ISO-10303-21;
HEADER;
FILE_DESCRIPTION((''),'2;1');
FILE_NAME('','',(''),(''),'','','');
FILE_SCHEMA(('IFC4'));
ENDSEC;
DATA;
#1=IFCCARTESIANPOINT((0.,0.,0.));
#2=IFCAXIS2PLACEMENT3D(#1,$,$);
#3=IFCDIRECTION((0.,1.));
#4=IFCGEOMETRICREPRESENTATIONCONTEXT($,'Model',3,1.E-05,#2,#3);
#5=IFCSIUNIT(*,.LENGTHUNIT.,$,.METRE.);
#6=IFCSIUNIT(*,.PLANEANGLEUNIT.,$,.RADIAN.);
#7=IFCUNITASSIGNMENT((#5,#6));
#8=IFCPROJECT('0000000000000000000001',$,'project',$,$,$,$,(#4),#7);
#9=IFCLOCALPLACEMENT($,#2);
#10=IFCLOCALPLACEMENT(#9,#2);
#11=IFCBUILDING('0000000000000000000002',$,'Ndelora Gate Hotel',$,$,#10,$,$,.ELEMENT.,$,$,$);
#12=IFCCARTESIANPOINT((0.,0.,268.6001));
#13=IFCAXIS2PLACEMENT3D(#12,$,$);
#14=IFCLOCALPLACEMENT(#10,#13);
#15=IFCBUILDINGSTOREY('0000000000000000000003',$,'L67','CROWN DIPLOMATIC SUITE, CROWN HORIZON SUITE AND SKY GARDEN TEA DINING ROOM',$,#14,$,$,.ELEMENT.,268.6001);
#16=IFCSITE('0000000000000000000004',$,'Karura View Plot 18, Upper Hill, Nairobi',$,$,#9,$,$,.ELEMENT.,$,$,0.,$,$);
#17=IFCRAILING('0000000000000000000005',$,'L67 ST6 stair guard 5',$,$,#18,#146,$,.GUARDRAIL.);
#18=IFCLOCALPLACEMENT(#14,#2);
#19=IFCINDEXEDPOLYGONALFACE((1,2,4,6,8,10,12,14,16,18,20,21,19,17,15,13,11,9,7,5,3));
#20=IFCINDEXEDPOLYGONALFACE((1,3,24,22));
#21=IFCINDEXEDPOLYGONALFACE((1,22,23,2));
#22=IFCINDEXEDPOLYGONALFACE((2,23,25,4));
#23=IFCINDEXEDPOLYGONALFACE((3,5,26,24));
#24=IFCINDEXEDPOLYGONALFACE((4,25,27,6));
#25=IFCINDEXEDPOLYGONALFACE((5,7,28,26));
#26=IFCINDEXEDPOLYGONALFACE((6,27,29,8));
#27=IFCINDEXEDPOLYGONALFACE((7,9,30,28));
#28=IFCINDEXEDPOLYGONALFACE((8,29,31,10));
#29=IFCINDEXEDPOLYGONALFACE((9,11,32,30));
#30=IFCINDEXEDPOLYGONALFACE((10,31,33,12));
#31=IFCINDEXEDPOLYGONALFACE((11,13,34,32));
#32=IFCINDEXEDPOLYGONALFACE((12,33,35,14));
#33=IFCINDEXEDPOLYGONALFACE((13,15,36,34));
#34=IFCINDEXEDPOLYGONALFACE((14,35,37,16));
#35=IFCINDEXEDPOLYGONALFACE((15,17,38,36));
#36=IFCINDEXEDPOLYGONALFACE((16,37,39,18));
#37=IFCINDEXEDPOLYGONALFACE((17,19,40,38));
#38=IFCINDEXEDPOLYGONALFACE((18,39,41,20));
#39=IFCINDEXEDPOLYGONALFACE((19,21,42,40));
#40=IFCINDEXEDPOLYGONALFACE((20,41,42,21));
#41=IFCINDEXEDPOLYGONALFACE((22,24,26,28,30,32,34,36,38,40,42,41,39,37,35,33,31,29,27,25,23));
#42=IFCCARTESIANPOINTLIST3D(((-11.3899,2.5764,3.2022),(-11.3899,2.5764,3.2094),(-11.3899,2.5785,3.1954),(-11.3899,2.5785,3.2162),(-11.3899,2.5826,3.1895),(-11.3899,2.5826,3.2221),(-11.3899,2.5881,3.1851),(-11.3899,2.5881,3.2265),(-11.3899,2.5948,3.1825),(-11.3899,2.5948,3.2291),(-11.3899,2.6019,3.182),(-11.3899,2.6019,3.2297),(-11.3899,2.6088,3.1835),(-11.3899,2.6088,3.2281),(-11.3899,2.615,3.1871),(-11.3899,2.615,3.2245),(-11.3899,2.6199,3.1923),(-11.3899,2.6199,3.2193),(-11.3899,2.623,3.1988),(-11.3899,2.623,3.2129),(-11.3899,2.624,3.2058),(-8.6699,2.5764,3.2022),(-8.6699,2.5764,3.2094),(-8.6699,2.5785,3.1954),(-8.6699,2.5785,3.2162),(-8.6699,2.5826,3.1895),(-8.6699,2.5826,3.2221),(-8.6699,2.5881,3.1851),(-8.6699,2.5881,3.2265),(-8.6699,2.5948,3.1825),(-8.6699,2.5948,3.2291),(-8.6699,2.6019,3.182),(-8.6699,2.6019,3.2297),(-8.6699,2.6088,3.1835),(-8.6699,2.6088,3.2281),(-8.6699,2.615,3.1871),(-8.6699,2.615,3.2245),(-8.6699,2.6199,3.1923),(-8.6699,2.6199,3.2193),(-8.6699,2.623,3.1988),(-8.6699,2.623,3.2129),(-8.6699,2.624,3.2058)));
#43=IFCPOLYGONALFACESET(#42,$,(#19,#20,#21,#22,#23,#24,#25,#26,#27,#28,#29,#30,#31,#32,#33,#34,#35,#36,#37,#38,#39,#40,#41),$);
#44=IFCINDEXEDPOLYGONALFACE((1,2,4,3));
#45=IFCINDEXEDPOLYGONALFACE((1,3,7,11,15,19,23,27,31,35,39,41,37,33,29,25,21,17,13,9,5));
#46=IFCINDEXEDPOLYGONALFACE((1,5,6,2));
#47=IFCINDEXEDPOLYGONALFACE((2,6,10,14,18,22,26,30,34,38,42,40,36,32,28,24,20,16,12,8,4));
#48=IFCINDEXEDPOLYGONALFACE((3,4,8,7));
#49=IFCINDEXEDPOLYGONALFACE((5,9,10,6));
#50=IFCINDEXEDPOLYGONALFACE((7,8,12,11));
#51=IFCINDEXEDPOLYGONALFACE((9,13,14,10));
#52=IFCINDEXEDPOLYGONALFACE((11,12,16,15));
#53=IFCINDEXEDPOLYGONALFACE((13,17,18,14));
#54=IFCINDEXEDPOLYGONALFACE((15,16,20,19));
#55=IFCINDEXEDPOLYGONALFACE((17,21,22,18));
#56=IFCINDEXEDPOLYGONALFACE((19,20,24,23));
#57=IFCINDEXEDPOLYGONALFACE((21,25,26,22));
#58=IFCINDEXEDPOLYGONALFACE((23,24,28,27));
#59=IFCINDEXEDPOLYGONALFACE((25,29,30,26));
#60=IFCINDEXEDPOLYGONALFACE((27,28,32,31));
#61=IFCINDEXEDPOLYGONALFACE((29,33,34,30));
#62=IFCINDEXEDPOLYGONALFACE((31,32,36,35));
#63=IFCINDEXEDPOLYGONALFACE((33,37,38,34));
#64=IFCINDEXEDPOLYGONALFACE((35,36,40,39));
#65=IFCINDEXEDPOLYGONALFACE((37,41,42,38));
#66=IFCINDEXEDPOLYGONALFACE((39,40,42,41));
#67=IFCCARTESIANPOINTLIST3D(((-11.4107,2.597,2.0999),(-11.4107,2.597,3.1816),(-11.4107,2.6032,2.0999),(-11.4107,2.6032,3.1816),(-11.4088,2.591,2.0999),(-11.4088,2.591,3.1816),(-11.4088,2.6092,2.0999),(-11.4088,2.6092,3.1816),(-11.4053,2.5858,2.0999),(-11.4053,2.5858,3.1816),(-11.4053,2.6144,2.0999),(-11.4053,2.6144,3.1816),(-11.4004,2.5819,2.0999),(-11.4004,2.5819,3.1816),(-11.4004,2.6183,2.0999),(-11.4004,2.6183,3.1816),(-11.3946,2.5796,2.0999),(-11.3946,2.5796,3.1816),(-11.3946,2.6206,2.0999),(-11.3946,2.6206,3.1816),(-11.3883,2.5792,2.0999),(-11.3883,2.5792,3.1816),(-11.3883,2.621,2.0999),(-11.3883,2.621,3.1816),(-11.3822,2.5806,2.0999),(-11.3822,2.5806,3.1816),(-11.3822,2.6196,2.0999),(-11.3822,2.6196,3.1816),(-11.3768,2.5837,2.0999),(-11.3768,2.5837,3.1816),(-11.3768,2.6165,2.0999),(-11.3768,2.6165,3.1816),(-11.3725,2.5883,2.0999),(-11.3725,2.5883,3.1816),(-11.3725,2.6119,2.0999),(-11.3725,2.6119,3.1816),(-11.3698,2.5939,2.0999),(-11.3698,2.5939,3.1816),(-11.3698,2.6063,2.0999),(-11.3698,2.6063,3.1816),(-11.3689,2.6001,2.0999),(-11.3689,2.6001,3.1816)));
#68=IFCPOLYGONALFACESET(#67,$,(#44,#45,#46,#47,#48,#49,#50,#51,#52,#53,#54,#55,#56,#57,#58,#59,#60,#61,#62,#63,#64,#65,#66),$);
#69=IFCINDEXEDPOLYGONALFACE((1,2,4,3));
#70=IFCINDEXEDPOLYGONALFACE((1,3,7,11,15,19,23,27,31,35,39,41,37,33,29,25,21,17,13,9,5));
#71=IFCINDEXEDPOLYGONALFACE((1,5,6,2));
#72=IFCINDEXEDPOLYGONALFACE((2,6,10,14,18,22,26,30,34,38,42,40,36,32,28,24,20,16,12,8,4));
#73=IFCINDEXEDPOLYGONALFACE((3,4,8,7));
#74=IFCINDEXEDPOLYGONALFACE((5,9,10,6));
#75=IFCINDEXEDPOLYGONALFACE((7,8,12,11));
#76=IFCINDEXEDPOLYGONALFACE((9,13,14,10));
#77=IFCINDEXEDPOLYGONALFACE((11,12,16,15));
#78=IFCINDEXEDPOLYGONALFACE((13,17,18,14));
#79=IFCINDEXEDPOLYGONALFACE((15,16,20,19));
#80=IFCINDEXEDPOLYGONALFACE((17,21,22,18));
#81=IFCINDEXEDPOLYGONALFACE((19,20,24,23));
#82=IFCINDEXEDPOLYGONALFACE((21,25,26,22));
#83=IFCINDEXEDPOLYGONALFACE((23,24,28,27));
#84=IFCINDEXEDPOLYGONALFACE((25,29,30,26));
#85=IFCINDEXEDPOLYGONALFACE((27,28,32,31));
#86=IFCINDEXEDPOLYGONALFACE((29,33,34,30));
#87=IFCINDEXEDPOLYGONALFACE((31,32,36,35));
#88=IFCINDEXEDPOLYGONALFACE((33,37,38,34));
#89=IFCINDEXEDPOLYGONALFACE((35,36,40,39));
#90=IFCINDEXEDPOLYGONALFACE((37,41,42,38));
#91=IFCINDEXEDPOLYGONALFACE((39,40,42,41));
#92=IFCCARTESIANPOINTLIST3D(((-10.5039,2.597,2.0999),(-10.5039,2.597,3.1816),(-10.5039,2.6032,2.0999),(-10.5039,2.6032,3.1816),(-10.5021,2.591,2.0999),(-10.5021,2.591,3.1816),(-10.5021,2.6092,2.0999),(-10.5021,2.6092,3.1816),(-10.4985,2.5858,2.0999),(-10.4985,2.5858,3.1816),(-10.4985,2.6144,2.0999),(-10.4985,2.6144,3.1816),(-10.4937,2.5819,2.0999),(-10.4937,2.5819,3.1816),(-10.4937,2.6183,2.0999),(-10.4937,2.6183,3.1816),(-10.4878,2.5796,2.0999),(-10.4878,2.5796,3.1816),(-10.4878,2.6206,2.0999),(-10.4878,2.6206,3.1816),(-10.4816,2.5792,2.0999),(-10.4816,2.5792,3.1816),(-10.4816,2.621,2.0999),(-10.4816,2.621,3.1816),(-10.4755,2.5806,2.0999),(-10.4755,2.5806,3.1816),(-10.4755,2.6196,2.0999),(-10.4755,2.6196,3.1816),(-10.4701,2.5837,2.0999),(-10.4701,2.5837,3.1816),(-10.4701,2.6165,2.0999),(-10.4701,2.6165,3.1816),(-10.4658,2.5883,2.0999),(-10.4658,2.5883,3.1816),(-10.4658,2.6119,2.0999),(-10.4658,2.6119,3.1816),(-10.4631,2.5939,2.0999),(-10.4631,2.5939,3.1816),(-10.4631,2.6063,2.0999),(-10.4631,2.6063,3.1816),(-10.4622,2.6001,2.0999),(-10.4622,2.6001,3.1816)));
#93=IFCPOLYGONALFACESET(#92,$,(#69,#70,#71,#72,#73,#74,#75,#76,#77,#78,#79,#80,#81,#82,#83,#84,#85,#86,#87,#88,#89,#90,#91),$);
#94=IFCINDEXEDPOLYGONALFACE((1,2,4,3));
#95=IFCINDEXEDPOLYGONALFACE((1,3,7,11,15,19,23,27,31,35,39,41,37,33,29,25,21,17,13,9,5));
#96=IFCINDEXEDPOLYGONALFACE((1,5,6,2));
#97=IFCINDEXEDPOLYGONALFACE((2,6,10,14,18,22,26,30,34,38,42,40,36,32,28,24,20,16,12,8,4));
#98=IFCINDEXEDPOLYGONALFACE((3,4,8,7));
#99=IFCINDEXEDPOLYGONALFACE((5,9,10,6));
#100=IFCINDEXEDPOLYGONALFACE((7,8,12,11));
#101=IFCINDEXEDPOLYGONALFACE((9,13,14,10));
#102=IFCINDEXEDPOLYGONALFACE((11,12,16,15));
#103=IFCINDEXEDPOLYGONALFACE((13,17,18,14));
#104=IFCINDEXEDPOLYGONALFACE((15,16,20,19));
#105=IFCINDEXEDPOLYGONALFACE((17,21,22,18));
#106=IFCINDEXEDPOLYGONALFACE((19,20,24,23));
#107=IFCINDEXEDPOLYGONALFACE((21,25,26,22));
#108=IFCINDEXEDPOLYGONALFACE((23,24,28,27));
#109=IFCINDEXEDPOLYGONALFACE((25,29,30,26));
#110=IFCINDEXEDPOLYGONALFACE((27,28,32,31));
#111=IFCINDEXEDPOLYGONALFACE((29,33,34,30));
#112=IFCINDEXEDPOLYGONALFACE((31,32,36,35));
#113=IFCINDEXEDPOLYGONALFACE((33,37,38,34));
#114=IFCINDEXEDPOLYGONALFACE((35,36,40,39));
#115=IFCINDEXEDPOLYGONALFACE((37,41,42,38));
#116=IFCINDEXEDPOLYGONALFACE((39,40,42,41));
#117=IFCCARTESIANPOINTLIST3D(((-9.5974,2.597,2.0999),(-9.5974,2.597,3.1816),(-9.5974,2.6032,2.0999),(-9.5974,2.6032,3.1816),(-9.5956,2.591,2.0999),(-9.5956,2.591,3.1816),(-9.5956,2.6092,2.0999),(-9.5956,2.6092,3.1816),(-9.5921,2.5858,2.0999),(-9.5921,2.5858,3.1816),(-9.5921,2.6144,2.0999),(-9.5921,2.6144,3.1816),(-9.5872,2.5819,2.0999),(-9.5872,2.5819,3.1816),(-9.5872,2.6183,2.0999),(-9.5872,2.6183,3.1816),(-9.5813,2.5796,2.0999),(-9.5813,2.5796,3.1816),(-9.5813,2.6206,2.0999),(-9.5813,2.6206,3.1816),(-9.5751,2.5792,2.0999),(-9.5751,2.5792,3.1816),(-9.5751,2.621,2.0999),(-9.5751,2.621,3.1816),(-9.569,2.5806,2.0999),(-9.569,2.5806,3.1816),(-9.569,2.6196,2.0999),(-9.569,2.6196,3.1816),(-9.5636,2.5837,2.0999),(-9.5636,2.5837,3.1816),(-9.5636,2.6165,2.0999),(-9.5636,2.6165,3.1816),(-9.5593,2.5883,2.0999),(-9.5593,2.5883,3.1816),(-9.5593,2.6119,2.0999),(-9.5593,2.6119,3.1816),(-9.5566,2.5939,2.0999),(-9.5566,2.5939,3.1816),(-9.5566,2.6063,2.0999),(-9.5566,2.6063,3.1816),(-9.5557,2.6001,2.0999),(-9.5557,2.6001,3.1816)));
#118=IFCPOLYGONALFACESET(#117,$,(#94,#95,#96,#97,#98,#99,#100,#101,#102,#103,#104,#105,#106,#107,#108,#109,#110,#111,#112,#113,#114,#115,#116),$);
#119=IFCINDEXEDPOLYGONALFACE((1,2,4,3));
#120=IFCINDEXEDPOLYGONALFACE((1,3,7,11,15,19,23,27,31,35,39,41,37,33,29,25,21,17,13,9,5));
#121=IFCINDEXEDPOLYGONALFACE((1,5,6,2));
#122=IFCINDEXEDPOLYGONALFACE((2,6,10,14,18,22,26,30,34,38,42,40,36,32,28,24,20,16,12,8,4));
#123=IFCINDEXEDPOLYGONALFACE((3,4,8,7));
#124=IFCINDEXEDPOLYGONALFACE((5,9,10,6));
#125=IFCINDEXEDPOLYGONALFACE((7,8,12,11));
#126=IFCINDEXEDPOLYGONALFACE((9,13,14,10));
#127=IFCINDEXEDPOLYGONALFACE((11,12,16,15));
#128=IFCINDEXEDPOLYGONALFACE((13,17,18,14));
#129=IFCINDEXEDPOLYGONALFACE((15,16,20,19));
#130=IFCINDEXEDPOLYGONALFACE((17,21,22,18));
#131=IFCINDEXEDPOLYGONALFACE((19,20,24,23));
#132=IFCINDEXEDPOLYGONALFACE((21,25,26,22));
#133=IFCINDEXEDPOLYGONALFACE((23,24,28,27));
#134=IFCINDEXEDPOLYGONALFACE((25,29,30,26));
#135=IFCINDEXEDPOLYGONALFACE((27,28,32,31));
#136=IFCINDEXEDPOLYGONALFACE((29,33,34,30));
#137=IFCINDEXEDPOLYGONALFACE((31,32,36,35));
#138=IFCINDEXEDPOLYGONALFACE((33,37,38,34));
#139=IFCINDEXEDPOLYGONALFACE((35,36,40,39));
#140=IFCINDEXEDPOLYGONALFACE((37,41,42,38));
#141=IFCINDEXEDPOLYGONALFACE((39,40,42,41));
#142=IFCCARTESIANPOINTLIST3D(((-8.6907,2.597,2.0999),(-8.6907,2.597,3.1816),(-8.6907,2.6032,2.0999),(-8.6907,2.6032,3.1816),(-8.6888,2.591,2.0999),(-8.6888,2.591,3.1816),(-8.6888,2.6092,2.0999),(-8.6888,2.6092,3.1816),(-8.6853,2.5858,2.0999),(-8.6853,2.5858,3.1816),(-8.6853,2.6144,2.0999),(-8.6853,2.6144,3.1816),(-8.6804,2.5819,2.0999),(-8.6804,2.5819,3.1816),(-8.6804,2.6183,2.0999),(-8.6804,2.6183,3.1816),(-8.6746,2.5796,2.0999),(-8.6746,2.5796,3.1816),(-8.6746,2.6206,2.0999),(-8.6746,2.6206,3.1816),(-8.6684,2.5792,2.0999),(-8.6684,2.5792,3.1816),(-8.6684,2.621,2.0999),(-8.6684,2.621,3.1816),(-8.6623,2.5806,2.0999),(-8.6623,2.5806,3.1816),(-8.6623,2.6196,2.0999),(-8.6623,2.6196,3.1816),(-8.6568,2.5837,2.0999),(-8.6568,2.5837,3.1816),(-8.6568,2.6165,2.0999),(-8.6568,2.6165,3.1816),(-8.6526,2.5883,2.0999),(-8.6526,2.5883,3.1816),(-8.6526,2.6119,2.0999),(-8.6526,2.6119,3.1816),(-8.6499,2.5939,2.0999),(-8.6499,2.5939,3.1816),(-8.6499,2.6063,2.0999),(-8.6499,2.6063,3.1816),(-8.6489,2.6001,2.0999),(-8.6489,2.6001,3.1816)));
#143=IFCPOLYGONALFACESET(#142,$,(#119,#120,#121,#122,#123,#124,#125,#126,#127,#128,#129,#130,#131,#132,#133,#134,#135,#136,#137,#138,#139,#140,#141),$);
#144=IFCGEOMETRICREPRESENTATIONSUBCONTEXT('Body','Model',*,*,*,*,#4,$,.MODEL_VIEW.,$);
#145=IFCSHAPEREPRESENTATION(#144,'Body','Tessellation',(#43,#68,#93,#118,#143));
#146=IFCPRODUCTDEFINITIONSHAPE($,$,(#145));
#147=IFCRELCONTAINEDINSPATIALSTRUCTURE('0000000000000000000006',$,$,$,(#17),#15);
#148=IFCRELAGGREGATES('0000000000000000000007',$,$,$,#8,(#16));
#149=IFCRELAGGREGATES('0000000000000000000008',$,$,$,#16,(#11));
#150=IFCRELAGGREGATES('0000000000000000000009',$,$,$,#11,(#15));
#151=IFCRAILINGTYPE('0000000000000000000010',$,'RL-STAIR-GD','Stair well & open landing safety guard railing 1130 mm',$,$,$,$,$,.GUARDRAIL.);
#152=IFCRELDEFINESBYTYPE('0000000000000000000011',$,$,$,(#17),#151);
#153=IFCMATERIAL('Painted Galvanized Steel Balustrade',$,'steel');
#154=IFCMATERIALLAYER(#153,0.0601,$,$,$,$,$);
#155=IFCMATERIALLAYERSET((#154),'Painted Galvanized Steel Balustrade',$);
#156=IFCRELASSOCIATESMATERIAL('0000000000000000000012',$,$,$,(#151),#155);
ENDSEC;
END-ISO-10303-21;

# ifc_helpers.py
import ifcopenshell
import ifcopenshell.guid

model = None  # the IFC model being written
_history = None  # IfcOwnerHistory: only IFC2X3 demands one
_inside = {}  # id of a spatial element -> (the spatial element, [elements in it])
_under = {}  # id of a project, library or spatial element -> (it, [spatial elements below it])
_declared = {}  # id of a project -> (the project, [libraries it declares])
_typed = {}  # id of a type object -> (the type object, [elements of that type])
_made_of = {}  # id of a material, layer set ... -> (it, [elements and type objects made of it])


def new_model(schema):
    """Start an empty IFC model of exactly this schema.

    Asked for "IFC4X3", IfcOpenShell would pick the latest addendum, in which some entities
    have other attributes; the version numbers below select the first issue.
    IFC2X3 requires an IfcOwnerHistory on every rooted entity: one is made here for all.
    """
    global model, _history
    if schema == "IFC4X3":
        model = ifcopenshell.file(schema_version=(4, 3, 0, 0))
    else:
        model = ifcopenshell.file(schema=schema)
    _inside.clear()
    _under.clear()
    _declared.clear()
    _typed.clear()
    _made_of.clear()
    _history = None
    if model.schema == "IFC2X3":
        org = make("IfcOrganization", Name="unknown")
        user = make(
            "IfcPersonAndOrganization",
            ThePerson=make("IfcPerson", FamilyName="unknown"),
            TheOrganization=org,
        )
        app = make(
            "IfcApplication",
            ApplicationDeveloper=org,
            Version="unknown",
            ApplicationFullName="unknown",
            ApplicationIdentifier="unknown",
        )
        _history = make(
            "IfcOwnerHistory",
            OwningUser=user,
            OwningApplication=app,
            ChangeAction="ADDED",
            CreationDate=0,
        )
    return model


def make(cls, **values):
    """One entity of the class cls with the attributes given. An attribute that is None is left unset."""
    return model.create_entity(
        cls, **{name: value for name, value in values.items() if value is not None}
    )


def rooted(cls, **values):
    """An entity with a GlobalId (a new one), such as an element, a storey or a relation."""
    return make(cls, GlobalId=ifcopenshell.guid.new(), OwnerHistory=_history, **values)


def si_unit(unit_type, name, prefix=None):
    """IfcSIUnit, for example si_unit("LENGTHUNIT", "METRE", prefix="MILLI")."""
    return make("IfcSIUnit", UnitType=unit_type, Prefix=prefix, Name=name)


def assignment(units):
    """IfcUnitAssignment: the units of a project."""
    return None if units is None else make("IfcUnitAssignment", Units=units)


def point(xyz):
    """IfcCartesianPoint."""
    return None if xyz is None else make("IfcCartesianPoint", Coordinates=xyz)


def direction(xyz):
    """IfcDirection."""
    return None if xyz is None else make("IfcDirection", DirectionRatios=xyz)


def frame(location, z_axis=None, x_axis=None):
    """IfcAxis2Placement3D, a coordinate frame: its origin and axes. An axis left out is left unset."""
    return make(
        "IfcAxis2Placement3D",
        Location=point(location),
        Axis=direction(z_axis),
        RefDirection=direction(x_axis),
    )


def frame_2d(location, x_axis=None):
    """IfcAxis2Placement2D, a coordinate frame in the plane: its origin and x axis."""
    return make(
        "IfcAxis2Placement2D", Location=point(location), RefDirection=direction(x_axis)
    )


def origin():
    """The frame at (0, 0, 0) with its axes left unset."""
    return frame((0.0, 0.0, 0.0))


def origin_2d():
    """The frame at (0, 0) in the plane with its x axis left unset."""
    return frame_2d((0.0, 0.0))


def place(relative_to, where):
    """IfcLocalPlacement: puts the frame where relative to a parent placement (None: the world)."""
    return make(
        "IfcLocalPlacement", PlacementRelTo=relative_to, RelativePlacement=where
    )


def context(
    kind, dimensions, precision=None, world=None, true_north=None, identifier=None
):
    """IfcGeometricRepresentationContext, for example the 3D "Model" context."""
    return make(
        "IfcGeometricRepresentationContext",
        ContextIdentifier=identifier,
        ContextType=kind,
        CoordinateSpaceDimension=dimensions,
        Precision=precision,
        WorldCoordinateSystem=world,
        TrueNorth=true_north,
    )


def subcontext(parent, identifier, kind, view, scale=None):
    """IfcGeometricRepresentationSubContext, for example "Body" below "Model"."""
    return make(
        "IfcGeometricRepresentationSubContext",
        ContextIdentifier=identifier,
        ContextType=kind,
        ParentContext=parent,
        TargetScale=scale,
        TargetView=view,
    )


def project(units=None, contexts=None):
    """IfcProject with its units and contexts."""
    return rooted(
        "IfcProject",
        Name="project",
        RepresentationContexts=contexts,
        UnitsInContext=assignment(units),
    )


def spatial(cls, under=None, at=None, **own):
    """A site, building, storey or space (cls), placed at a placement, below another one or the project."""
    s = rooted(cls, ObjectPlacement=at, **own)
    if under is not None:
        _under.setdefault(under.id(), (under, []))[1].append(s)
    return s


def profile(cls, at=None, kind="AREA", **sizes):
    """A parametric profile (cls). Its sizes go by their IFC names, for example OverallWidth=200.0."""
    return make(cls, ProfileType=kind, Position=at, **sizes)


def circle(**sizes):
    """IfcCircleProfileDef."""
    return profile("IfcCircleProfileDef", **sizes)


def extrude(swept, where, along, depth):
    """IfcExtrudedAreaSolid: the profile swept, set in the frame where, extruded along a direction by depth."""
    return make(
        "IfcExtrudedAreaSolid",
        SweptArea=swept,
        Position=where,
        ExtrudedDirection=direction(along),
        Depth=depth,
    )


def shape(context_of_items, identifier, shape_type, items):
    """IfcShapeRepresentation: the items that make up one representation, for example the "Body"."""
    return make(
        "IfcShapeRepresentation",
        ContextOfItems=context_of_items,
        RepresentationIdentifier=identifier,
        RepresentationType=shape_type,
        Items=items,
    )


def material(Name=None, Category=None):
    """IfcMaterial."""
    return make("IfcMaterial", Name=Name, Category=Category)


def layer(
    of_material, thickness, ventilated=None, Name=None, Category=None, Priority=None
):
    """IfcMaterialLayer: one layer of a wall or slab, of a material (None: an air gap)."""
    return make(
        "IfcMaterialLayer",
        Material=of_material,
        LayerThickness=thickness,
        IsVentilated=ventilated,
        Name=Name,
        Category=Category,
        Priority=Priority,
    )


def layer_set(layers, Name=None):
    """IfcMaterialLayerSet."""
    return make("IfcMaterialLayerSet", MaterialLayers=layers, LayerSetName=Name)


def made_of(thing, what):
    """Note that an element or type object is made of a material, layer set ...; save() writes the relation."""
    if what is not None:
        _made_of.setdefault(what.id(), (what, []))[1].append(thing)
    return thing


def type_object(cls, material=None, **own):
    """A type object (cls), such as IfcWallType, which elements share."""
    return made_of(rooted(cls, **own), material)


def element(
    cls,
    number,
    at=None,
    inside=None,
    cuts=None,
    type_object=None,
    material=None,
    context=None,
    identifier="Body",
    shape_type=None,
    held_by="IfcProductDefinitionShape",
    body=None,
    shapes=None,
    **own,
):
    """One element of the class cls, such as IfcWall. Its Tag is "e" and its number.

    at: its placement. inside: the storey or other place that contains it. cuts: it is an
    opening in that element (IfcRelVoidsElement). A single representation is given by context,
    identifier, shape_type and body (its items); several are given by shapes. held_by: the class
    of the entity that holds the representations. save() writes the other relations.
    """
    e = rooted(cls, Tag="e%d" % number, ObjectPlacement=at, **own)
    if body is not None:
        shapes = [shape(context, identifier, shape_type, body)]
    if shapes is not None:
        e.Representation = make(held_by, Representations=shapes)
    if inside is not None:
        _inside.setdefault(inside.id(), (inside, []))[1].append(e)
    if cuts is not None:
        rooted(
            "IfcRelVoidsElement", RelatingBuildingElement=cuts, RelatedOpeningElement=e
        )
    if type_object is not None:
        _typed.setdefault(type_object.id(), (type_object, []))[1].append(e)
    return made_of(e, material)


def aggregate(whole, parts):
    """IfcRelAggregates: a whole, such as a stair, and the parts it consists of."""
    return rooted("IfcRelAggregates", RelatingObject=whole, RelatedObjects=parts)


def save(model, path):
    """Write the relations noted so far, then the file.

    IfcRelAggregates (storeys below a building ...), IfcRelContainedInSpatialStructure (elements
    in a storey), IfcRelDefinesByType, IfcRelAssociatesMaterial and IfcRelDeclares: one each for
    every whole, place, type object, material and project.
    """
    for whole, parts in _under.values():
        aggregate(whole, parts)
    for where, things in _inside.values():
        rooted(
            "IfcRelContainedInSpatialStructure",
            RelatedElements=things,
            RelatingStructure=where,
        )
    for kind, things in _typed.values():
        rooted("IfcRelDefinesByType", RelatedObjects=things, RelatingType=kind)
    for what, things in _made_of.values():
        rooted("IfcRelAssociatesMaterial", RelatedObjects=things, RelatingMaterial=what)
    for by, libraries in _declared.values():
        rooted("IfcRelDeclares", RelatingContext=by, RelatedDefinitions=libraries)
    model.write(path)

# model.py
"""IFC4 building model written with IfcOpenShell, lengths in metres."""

from ifc_helpers import new_model, si_unit, direction, frame, origin, origin_2d, place, context, subcontext, project, spatial, circle, extrude, material, layer, layer_set, type_object, element, save


model = new_model("IFC4")

# Units and contexts
model_context = context("Model", 3, precision=1e-05, world=origin(), true_north=direction((0.0, 1.0)))
body_context = subcontext(model_context, "Body", "Model", "MODEL_VIEW")
ifc_project = project(units=[si_unit("LENGTHUNIT", "METRE"), si_unit("PLANEANGLEUNIT", "RADIAN")], contexts=[model_context])

# Site, building, storey
site_placement = place(None, origin())
site = spatial("IfcSite", under=ifc_project, at=site_placement, Name="Karura View Plot 18, Upper Hill, Nairobi", CompositionType="ELEMENT", RefElevation=0.0)
building_placement = place(site_placement, origin())
building = spatial("IfcBuilding", under=site, at=building_placement, Name="Ndelora Gate Hotel", CompositionType="ELEMENT")
storey_placement = place(building_placement, frame((0.0, 0.0, 268.6001)))
storey = spatial("IfcBuildingStorey", under=building, at=storey_placement, Name="L67", Description="CROWN DIPLOMATIC SUITE, CROWN HORIZON SUITE AND SKY GARDEN TEA DINING ROOM", CompositionType="ELEMENT", Elevation=268.6001)

# Railing
ifc_material_1 = material(Name="Painted Galvanized Steel Balustrade", Category="steel")
ifc_layer_1 = layer(ifc_material_1, 0.0601)
ifc_layer_set_1 = layer_set([ifc_layer_1], Name="Painted Galvanized Steel Balustrade")
railing_type_1 = type_object("IfcRailingType", Name="RL-STAIR-GD", Description="Stair well & open landing safety guard railing 1130 mm", PredefinedType="GUARDRAIL", material=ifc_layer_set_1)
railing_1_placement = place(storey_placement, frame((-11.3899, 2.6001, 2.0999)))
element("IfcRailing", 1, at=railing_1_placement, inside=storey, type_object=railing_type_1, Name="L67 ST6 stair guard 5", PredefinedType="GUARDRAIL", context=body_context, shape_type="SweptSolid", body=[
    extrude(circle(Radius=0.0239, at=origin_2d()), frame((0.0, 0.0, 1.106), z_axis=(1.0, 0.0, 0.0), x_axis=(0.0, 1.0, 0.0)), (0.0, 0.0, 1.0), 2.72),
    extrude(circle(Radius=0.021, at=origin_2d()), origin(), (0.0, 0.0, 1.0), 1.0818),
    extrude(circle(Radius=0.021, at=origin_2d()), frame((0.9067, 0.0, 0.0)), (0.0, 0.0, 1.0), 1.0818),
    extrude(circle(Radius=0.021, at=origin_2d()), frame((1.8132, 0.0, 0.0)), (0.0, 0.0, 1.0), 1.0818),
    extrude(circle(Radius=0.021, at=origin_2d()), frame((2.72, 0.0, 0.0)), (0.0, 0.0, 1.0), 1.0818),
])

save(model, "model.ifc")
